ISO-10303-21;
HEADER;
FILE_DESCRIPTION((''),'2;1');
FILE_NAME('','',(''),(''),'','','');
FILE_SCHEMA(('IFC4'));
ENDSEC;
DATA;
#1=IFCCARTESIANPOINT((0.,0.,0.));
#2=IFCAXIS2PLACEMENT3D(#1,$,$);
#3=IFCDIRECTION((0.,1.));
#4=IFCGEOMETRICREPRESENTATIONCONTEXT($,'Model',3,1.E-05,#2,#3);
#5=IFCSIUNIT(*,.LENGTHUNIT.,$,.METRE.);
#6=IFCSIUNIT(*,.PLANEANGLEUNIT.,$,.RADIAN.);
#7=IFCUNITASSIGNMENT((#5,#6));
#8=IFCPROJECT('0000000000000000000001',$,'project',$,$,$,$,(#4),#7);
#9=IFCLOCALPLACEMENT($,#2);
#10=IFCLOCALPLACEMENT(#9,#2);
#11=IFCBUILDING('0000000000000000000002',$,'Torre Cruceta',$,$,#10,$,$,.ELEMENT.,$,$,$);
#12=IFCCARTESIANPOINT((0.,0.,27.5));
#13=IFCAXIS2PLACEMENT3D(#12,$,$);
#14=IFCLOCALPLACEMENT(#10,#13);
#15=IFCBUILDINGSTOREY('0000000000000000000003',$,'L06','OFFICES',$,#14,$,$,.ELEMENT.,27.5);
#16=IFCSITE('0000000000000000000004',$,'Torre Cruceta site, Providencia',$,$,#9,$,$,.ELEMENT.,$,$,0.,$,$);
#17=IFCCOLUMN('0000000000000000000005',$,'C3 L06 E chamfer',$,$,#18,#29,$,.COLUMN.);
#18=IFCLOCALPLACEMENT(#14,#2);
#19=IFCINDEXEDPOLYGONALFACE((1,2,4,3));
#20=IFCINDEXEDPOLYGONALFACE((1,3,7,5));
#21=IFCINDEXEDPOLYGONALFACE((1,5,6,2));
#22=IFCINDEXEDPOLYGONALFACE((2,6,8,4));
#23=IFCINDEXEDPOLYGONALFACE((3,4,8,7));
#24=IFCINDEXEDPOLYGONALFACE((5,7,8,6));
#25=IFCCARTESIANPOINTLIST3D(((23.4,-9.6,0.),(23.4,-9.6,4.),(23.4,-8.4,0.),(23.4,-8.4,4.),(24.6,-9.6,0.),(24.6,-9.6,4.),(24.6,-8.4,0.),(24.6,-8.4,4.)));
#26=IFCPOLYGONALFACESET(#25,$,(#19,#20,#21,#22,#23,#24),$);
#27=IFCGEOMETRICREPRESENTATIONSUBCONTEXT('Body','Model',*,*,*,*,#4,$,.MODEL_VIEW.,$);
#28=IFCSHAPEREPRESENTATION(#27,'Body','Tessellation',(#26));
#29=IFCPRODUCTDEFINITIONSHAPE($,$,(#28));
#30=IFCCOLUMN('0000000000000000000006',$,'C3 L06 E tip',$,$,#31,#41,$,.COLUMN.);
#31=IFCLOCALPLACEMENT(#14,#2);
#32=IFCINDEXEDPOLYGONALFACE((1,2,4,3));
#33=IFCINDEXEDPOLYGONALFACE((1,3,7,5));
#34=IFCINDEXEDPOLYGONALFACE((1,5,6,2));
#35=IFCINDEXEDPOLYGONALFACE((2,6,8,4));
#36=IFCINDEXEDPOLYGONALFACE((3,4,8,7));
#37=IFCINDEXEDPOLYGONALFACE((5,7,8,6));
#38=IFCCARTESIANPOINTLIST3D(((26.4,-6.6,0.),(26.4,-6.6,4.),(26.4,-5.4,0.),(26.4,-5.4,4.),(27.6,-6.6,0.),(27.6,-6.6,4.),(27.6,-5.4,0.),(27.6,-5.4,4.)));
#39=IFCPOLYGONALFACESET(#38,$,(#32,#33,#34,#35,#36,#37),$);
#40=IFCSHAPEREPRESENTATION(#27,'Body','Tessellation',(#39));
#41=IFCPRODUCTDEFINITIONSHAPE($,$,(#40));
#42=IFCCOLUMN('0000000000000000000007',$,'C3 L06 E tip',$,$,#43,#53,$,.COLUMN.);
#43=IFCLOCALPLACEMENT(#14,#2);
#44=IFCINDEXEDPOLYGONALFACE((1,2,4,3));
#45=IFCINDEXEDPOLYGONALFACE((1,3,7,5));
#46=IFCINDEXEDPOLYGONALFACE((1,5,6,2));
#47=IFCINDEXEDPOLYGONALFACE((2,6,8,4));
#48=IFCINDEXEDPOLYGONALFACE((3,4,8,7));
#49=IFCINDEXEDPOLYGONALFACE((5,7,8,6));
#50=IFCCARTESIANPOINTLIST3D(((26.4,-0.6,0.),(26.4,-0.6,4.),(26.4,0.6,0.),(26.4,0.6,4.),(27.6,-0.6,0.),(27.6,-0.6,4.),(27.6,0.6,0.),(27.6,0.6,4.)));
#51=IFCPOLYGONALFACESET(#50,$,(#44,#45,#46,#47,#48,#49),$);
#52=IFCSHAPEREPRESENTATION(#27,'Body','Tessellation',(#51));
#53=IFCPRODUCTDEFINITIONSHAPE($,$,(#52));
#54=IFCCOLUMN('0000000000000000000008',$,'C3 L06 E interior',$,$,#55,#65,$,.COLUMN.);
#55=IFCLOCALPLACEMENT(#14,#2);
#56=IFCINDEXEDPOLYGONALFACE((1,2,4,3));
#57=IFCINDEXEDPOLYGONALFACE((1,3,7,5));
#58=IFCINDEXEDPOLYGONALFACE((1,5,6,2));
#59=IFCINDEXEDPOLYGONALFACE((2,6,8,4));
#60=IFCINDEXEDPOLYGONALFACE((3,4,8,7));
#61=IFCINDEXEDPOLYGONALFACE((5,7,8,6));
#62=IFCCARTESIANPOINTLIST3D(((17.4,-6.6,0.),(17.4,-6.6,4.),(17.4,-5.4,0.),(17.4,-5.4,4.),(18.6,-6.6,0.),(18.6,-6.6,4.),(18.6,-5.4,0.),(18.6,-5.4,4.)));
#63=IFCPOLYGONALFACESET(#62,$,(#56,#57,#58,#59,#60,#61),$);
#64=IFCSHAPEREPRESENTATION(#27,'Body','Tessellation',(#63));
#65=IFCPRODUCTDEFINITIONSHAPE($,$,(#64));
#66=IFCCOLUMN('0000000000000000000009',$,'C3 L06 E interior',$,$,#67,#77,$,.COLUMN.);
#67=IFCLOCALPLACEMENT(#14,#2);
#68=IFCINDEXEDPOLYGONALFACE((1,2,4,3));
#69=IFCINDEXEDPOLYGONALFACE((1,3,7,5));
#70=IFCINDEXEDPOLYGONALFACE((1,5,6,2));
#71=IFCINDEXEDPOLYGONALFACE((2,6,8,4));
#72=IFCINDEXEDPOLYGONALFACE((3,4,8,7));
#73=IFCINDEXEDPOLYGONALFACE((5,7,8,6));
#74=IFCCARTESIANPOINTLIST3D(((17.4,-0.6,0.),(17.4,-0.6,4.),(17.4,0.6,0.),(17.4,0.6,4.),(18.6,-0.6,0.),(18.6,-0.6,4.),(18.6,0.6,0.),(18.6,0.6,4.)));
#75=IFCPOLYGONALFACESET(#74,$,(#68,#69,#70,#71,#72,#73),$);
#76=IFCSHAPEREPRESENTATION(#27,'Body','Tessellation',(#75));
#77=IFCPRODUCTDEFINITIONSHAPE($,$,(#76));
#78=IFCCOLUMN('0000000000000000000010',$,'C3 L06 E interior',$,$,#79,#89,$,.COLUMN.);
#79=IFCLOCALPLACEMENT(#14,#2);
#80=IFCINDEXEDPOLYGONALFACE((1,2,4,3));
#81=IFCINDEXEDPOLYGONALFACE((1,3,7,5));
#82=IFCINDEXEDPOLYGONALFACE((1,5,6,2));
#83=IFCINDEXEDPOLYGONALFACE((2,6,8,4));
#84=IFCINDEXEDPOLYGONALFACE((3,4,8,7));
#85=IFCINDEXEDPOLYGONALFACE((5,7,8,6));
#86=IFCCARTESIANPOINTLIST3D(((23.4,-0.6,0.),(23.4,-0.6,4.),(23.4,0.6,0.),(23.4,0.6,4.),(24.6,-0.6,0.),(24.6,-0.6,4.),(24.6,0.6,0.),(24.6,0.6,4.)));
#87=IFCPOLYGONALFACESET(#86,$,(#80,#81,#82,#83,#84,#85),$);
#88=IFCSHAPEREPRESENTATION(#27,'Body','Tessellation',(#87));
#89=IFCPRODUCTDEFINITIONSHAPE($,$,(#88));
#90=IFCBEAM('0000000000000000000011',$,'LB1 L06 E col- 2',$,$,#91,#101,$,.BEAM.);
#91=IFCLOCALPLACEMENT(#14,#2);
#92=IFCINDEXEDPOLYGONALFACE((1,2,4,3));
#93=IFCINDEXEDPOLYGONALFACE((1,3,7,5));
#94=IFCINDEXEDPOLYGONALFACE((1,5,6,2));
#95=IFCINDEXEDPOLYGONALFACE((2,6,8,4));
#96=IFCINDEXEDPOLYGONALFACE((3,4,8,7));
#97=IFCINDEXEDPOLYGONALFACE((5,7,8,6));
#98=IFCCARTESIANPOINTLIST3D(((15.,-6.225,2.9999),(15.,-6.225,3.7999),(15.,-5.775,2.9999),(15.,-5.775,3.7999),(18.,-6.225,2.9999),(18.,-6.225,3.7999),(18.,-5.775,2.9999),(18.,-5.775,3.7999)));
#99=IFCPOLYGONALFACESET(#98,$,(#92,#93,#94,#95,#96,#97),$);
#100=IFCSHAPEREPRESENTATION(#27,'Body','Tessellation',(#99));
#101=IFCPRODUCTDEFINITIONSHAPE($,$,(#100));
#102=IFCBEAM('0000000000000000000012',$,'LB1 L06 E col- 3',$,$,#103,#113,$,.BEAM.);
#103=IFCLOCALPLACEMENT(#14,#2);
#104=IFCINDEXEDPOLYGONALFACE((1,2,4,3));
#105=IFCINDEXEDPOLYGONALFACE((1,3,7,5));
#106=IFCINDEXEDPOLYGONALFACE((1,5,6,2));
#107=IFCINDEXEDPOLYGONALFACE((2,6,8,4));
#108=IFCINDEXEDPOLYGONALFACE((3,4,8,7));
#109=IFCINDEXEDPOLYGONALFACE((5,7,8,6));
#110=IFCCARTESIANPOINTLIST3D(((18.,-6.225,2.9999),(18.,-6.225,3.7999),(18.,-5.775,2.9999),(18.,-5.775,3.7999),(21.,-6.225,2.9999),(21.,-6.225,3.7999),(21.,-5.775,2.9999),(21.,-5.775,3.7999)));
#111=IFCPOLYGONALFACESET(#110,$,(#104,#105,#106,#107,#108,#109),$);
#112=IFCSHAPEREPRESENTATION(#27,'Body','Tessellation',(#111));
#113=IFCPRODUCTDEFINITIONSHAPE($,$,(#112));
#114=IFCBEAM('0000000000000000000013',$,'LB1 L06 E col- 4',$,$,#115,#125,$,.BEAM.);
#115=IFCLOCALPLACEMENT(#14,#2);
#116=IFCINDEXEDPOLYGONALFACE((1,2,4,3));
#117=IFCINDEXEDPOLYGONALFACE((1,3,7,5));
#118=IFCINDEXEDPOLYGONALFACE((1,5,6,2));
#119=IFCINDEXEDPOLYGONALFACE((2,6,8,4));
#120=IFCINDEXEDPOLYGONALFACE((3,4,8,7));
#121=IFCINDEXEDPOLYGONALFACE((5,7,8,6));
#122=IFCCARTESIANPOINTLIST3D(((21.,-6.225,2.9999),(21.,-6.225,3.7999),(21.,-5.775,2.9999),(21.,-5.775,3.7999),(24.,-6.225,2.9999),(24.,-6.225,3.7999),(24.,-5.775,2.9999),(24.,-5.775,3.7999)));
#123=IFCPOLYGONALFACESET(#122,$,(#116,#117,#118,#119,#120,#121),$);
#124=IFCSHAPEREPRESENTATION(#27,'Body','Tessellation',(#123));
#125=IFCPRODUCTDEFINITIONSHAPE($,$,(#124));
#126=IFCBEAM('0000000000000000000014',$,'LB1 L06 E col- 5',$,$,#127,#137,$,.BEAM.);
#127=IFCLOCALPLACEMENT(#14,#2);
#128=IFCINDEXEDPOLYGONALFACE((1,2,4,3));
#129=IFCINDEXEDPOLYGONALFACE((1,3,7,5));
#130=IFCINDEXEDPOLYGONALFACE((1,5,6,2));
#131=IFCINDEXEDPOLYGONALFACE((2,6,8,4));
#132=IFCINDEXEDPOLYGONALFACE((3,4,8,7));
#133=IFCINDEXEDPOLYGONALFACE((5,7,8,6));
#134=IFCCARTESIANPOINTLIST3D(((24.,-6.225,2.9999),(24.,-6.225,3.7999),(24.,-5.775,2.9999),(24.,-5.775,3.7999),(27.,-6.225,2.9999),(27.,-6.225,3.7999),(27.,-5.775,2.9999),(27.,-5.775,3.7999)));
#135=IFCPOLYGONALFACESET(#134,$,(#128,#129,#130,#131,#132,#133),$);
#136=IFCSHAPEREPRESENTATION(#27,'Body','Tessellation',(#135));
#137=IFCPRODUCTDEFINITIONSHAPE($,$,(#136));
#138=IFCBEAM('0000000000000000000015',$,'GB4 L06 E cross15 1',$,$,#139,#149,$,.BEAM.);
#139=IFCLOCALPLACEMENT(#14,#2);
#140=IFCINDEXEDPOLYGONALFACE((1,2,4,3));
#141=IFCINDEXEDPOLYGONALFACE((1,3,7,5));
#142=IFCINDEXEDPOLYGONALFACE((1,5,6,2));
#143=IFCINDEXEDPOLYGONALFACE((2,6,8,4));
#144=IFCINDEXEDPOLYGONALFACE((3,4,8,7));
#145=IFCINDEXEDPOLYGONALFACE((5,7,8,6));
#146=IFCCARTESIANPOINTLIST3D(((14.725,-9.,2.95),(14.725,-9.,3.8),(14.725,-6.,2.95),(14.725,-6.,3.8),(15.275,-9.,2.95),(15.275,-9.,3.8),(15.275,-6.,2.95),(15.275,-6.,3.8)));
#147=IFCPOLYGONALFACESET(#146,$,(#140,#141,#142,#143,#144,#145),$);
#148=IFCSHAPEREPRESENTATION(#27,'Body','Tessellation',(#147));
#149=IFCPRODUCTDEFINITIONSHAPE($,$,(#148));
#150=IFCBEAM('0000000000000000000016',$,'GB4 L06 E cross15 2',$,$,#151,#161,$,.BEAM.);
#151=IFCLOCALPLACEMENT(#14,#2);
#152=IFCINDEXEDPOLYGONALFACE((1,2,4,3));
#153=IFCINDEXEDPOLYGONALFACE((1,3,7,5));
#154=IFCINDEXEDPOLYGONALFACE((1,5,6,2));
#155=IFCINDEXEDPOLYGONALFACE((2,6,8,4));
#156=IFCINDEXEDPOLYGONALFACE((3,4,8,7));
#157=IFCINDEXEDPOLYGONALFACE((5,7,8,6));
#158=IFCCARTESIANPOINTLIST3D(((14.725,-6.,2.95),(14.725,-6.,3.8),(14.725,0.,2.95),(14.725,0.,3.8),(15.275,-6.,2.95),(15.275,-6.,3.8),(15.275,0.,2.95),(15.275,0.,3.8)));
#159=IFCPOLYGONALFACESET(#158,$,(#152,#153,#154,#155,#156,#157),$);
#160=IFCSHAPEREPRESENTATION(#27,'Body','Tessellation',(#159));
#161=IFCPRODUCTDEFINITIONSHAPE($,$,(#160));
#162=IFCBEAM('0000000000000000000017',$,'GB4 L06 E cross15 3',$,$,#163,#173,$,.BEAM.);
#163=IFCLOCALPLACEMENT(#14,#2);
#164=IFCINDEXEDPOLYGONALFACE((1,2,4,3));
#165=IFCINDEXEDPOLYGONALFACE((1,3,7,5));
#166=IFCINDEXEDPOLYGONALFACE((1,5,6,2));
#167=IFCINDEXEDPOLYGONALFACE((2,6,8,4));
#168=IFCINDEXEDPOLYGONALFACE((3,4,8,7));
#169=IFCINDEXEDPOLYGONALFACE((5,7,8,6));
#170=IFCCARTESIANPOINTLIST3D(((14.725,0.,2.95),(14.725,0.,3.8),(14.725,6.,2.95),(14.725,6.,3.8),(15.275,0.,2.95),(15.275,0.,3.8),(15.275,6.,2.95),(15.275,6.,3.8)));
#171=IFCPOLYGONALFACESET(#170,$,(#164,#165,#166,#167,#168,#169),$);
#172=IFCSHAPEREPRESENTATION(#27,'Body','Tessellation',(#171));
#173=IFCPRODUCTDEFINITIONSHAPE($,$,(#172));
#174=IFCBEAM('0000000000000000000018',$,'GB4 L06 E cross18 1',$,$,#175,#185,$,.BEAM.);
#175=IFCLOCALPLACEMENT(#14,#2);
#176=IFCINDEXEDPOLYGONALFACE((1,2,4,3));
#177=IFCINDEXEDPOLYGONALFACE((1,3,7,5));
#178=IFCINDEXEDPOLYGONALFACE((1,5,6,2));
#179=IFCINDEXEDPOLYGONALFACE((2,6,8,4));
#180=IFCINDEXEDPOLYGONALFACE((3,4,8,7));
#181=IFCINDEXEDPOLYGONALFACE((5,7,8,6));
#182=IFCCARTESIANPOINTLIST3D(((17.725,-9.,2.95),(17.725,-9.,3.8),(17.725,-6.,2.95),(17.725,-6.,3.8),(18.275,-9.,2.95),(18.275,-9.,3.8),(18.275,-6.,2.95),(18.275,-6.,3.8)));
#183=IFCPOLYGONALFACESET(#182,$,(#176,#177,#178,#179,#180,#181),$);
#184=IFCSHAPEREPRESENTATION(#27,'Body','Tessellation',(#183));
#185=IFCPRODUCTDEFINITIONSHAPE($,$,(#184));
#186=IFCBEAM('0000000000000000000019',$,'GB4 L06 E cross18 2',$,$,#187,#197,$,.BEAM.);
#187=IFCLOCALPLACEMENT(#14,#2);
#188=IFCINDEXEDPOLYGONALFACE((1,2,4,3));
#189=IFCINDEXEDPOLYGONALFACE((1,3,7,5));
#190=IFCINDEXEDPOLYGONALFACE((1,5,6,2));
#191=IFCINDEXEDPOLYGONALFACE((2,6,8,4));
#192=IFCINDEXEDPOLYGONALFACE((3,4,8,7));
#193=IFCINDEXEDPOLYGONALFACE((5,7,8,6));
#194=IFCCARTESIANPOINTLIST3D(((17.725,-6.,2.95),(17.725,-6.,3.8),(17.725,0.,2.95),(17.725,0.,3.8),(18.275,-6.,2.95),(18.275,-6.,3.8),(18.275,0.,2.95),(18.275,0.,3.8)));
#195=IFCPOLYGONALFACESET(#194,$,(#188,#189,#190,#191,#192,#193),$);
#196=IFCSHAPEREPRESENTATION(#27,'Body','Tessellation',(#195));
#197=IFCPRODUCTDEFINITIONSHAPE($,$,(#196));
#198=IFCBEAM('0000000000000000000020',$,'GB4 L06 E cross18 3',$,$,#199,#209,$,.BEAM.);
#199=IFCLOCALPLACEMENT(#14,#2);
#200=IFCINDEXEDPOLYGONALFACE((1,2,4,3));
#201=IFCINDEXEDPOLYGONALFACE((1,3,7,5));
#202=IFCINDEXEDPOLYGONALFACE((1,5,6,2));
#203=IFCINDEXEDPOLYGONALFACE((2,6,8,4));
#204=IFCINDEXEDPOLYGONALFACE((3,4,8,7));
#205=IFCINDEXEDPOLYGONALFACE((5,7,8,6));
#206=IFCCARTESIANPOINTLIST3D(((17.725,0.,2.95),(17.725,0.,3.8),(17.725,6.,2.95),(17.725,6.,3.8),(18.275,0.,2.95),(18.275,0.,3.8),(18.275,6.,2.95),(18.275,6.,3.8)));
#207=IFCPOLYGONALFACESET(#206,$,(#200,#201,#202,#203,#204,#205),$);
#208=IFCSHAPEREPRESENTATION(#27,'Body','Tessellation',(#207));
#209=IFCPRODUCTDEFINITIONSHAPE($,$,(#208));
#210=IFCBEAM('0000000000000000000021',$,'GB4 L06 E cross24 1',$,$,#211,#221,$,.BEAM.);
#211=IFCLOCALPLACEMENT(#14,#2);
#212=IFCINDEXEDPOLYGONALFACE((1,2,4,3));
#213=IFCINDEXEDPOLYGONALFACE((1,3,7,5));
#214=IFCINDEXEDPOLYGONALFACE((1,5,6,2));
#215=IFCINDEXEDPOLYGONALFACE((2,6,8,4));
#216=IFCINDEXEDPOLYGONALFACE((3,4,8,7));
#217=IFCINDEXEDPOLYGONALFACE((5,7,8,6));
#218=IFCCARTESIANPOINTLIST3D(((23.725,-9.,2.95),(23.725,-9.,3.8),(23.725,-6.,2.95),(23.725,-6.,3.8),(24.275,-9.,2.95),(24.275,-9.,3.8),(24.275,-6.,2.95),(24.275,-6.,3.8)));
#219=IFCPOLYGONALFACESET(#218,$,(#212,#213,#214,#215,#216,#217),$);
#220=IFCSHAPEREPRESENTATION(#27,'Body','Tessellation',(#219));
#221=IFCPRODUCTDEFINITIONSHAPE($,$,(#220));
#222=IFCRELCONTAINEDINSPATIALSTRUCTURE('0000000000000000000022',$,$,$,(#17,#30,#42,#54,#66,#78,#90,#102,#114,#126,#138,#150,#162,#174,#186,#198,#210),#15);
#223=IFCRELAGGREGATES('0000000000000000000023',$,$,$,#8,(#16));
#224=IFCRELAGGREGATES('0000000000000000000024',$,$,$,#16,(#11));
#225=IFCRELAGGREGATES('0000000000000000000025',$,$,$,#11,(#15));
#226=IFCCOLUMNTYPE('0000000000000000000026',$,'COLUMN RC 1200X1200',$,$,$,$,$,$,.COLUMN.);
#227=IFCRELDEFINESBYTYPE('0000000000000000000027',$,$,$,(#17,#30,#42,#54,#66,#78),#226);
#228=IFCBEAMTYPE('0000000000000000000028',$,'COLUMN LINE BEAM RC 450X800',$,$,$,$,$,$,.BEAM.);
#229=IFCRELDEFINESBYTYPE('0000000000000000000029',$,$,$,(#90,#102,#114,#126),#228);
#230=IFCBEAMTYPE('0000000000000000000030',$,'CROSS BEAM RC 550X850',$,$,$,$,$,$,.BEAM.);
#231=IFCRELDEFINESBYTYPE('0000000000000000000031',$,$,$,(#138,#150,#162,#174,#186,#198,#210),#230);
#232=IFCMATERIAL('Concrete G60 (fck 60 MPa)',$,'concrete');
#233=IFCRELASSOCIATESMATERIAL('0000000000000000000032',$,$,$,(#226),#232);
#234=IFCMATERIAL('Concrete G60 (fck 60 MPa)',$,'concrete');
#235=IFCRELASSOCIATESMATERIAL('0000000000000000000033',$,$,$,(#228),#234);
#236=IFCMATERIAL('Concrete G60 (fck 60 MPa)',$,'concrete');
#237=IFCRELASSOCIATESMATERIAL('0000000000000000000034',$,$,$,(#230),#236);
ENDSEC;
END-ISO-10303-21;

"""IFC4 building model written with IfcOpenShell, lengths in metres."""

from ifc_helpers import new_model, si_unit, direction, frame, origin, origin_2d, place, context, subcontext, project, spatial, rectangle, extrude, material, material_profile, profile_set, type_object, element, save


model = new_model("IFC4")

# Units and contexts
model_context = context("Model", 3, precision=1e-05, world=origin(), true_north=direction((0.0, 1.0)))
body_context = subcontext(model_context, "Body", "Model", "MODEL_VIEW")
ifc_project = project(units=[si_unit("LENGTHUNIT", "METRE"), si_unit("PLANEANGLEUNIT", "RADIAN")], contexts=[model_context])

# Site, building, storey
site_placement = place(None, origin())
site = spatial("IfcSite", under=ifc_project, at=site_placement, Name="Torre Cruceta site, Providencia", CompositionType="ELEMENT", RefElevation=0.0)
building_placement = place(site_placement, origin())
building = spatial("IfcBuilding", under=site, at=building_placement, Name="Torre Cruceta", CompositionType="ELEMENT")
storey_placement = place(building_placement, frame((0.0, 0.0, 27.5)))
storey = spatial("IfcBuildingStorey", under=building, at=storey_placement, Name="L06", Description="OFFICES", CompositionType="ELEMENT", Elevation=27.5)

# Columns
ifc_material_1 = material(Name="Concrete G60 (fck 60 MPa)", Category="concrete")
ifc_material_profile_1 = material_profile(ifc_material_1, rectangle(XDim=1.2, YDim=1.2, at=origin_2d()), Name="RC 1200X1200")
ifc_profile_set_1 = profile_set([ifc_material_profile_1], Name="Concrete G60 (fck 60 MPa)")
column_type = type_object("IfcColumnType", Name="COLUMN RC 1200X1200", PredefinedType="COLUMN", material=ifc_profile_set_1)
for number, where, z_axis, x_axis, name in (
    (1, (24.0, -9.0, 0.0), (0.0, 0.0, 1.0), (1.0, 0.0, 0.0), "C3 L06 E chamfer"),
    (2, (27.0, -6.0, 0.0), (0.0, 0.0, 1.0), (1.0, 0.0, 0.0), "C3 L06 E tip"),
    (3, (27.0, 0.0, 0.0), (0.0, 0.0, 1.0), (1.0, 0.0, 0.0), "C3 L06 E tip"),
    (4, (18.0, -6.0, 0.0), (0.0, 0.0, 1.0), (1.0, 0.0, 0.0), "C3 L06 E interior"),
    (5, (18.0, 0.0, 0.0), (0.0, 0.0, 1.0), (1.0, 0.0, 0.0), "C3 L06 E interior"),
    (6, (24.0, 0.0, 0.0), (0.0, 0.0, 1.0), (1.0, 0.0, 0.0), "C3 L06 E interior"),
):
    element("IfcColumn", number, at=place(storey_placement, frame(where, z_axis=z_axis, x_axis=x_axis)), inside=storey, type_object=column_type, Name=name, PredefinedType="COLUMN", context=body_context, shape_type="SweptSolid", body=[
        extrude(rectangle(XDim=1.2, YDim=1.2, at=origin_2d()), origin(), (0.0, 0.0, 1.0), 4.0),
    ])

# Beams
ifc_material_2 = material(Name="Concrete G60 (fck 60 MPa)", Category="concrete")
ifc_material_profile_2 = material_profile(ifc_material_2, rectangle(XDim=0.45, YDim=0.8, at=origin_2d()), Name="RC 450X800")
ifc_profile_set_2 = profile_set([ifc_material_profile_2], Name="Concrete G60 (fck 60 MPa)")
beam_type_1 = type_object("IfcBeamType", Name="COLUMN LINE BEAM RC 450X800", PredefinedType="BEAM", material=ifc_profile_set_2)
for number, where, z_axis, x_axis, name in (
    (7, (15.0, -6.0, 3.3999), (1.0, 0.0, 0.0), (0.0, 1.0, 0.0), "LB1 L06 E col- 2"),
    (8, (18.0, -6.0, 3.3999), (1.0, 0.0, 0.0), (0.0, 1.0, 0.0), "LB1 L06 E col- 3"),
    (9, (21.0, -6.0, 3.3999), (1.0, 0.0, 0.0), (0.0, 1.0, 0.0), "LB1 L06 E col- 4"),
    (10, (24.0, -6.0, 3.3999), (1.0, 0.0, 0.0), (0.0, 1.0, 0.0), "LB1 L06 E col- 5"),
):
    element("IfcBeam", number, at=place(storey_placement, frame(where, z_axis=z_axis, x_axis=x_axis)), inside=storey, type_object=beam_type_1, Name=name, PredefinedType="BEAM", context=body_context, shape_type="SweptSolid", body=[
        extrude(rectangle(XDim=0.45, YDim=0.8, at=origin_2d()), origin(), (0.0, 0.0, 1.0), 3.0),
    ])
ifc_material_3 = material(Name="Concrete G60 (fck 60 MPa)", Category="concrete")
ifc_material_profile_3 = material_profile(ifc_material_3, rectangle(XDim=0.55, YDim=0.8501, at=origin_2d()), Name="RC 550X850")
ifc_profile_set_3 = profile_set([ifc_material_profile_3], Name="Concrete G60 (fck 60 MPa)")
beam_type_2 = type_object("IfcBeamType", Name="CROSS BEAM RC 550X850", PredefinedType="BEAM", material=ifc_profile_set_3)
beam_1_placement = place(storey_placement, frame((15.0, -9.0, 3.375), z_axis=(0.0, 1.0, 0.0), x_axis=(-1.0, 0.0, 0.0)))
element("IfcBeam", 11, at=beam_1_placement, inside=storey, type_object=beam_type_2, Name="GB4 L06 E cross15 1", PredefinedType="BEAM", context=body_context, shape_type="SweptSolid", body=[
    extrude(rectangle(XDim=0.55, YDim=0.8501, at=origin_2d()), origin(), (0.0, 0.0, 1.0), 3.0),
])
for number, where, z_axis, x_axis, name in (
    (12, (15.0, -6.0, 3.375), (0.0, 1.0, 0.0), (-1.0, 0.0, 0.0), "GB4 L06 E cross15 2"),
    (13, (15.0, 0.0, 3.375), (0.0, 1.0, 0.0), (-1.0, 0.0, 0.0), "GB4 L06 E cross15 3"),
):
    element("IfcBeam", number, at=place(storey_placement, frame(where, z_axis=z_axis, x_axis=x_axis)), inside=storey, type_object=beam_type_2, Name=name, PredefinedType="BEAM", context=body_context, shape_type="SweptSolid", body=[
        extrude(rectangle(XDim=0.55, YDim=0.8501, at=origin_2d()), origin(), (0.0, 0.0, 1.0), 6.0),
    ])
beam_2_placement = place(storey_placement, frame((18.0, -9.0, 3.375), z_axis=(0.0, 1.0, 0.0), x_axis=(-1.0, 0.0, 0.0)))
element("IfcBeam", 14, at=beam_2_placement, inside=storey, type_object=beam_type_2, Name="GB4 L06 E cross18 1", PredefinedType="BEAM", context=body_context, shape_type="SweptSolid", body=[
    extrude(rectangle(XDim=0.55, YDim=0.8501, at=origin_2d()), origin(), (0.0, 0.0, 1.0), 3.0),
])
for number, where, z_axis, x_axis, name in (
    (15, (18.0, -6.0, 3.375), (0.0, 1.0, 0.0), (-1.0, 0.0, 0.0), "GB4 L06 E cross18 2"),
    (16, (18.0, 0.0, 3.375), (0.0, 1.0, 0.0), (-1.0, 0.0, 0.0), "GB4 L06 E cross18 3"),
):
    element("IfcBeam", number, at=place(storey_placement, frame(where, z_axis=z_axis, x_axis=x_axis)), inside=storey, type_object=beam_type_2, Name=name, PredefinedType="BEAM", context=body_context, shape_type="SweptSolid", body=[
        extrude(rectangle(XDim=0.55, YDim=0.8501, at=origin_2d()), origin(), (0.0, 0.0, 1.0), 6.0),
    ])
beam_3_placement = place(storey_placement, frame((24.0, -9.0, 3.375), z_axis=(0.0, 1.0, 0.0), x_axis=(-1.0, 0.0, 0.0)))
element("IfcBeam", 17, at=beam_3_placement, inside=storey, type_object=beam_type_2, Name="GB4 L06 E cross24 1", PredefinedType="BEAM", context=body_context, shape_type="SweptSolid", body=[
    extrude(rectangle(XDim=0.55, YDim=0.8501, at=origin_2d()), origin(), (0.0, 0.0, 1.0), 3.0),
])

save(model, "model.ifc")
